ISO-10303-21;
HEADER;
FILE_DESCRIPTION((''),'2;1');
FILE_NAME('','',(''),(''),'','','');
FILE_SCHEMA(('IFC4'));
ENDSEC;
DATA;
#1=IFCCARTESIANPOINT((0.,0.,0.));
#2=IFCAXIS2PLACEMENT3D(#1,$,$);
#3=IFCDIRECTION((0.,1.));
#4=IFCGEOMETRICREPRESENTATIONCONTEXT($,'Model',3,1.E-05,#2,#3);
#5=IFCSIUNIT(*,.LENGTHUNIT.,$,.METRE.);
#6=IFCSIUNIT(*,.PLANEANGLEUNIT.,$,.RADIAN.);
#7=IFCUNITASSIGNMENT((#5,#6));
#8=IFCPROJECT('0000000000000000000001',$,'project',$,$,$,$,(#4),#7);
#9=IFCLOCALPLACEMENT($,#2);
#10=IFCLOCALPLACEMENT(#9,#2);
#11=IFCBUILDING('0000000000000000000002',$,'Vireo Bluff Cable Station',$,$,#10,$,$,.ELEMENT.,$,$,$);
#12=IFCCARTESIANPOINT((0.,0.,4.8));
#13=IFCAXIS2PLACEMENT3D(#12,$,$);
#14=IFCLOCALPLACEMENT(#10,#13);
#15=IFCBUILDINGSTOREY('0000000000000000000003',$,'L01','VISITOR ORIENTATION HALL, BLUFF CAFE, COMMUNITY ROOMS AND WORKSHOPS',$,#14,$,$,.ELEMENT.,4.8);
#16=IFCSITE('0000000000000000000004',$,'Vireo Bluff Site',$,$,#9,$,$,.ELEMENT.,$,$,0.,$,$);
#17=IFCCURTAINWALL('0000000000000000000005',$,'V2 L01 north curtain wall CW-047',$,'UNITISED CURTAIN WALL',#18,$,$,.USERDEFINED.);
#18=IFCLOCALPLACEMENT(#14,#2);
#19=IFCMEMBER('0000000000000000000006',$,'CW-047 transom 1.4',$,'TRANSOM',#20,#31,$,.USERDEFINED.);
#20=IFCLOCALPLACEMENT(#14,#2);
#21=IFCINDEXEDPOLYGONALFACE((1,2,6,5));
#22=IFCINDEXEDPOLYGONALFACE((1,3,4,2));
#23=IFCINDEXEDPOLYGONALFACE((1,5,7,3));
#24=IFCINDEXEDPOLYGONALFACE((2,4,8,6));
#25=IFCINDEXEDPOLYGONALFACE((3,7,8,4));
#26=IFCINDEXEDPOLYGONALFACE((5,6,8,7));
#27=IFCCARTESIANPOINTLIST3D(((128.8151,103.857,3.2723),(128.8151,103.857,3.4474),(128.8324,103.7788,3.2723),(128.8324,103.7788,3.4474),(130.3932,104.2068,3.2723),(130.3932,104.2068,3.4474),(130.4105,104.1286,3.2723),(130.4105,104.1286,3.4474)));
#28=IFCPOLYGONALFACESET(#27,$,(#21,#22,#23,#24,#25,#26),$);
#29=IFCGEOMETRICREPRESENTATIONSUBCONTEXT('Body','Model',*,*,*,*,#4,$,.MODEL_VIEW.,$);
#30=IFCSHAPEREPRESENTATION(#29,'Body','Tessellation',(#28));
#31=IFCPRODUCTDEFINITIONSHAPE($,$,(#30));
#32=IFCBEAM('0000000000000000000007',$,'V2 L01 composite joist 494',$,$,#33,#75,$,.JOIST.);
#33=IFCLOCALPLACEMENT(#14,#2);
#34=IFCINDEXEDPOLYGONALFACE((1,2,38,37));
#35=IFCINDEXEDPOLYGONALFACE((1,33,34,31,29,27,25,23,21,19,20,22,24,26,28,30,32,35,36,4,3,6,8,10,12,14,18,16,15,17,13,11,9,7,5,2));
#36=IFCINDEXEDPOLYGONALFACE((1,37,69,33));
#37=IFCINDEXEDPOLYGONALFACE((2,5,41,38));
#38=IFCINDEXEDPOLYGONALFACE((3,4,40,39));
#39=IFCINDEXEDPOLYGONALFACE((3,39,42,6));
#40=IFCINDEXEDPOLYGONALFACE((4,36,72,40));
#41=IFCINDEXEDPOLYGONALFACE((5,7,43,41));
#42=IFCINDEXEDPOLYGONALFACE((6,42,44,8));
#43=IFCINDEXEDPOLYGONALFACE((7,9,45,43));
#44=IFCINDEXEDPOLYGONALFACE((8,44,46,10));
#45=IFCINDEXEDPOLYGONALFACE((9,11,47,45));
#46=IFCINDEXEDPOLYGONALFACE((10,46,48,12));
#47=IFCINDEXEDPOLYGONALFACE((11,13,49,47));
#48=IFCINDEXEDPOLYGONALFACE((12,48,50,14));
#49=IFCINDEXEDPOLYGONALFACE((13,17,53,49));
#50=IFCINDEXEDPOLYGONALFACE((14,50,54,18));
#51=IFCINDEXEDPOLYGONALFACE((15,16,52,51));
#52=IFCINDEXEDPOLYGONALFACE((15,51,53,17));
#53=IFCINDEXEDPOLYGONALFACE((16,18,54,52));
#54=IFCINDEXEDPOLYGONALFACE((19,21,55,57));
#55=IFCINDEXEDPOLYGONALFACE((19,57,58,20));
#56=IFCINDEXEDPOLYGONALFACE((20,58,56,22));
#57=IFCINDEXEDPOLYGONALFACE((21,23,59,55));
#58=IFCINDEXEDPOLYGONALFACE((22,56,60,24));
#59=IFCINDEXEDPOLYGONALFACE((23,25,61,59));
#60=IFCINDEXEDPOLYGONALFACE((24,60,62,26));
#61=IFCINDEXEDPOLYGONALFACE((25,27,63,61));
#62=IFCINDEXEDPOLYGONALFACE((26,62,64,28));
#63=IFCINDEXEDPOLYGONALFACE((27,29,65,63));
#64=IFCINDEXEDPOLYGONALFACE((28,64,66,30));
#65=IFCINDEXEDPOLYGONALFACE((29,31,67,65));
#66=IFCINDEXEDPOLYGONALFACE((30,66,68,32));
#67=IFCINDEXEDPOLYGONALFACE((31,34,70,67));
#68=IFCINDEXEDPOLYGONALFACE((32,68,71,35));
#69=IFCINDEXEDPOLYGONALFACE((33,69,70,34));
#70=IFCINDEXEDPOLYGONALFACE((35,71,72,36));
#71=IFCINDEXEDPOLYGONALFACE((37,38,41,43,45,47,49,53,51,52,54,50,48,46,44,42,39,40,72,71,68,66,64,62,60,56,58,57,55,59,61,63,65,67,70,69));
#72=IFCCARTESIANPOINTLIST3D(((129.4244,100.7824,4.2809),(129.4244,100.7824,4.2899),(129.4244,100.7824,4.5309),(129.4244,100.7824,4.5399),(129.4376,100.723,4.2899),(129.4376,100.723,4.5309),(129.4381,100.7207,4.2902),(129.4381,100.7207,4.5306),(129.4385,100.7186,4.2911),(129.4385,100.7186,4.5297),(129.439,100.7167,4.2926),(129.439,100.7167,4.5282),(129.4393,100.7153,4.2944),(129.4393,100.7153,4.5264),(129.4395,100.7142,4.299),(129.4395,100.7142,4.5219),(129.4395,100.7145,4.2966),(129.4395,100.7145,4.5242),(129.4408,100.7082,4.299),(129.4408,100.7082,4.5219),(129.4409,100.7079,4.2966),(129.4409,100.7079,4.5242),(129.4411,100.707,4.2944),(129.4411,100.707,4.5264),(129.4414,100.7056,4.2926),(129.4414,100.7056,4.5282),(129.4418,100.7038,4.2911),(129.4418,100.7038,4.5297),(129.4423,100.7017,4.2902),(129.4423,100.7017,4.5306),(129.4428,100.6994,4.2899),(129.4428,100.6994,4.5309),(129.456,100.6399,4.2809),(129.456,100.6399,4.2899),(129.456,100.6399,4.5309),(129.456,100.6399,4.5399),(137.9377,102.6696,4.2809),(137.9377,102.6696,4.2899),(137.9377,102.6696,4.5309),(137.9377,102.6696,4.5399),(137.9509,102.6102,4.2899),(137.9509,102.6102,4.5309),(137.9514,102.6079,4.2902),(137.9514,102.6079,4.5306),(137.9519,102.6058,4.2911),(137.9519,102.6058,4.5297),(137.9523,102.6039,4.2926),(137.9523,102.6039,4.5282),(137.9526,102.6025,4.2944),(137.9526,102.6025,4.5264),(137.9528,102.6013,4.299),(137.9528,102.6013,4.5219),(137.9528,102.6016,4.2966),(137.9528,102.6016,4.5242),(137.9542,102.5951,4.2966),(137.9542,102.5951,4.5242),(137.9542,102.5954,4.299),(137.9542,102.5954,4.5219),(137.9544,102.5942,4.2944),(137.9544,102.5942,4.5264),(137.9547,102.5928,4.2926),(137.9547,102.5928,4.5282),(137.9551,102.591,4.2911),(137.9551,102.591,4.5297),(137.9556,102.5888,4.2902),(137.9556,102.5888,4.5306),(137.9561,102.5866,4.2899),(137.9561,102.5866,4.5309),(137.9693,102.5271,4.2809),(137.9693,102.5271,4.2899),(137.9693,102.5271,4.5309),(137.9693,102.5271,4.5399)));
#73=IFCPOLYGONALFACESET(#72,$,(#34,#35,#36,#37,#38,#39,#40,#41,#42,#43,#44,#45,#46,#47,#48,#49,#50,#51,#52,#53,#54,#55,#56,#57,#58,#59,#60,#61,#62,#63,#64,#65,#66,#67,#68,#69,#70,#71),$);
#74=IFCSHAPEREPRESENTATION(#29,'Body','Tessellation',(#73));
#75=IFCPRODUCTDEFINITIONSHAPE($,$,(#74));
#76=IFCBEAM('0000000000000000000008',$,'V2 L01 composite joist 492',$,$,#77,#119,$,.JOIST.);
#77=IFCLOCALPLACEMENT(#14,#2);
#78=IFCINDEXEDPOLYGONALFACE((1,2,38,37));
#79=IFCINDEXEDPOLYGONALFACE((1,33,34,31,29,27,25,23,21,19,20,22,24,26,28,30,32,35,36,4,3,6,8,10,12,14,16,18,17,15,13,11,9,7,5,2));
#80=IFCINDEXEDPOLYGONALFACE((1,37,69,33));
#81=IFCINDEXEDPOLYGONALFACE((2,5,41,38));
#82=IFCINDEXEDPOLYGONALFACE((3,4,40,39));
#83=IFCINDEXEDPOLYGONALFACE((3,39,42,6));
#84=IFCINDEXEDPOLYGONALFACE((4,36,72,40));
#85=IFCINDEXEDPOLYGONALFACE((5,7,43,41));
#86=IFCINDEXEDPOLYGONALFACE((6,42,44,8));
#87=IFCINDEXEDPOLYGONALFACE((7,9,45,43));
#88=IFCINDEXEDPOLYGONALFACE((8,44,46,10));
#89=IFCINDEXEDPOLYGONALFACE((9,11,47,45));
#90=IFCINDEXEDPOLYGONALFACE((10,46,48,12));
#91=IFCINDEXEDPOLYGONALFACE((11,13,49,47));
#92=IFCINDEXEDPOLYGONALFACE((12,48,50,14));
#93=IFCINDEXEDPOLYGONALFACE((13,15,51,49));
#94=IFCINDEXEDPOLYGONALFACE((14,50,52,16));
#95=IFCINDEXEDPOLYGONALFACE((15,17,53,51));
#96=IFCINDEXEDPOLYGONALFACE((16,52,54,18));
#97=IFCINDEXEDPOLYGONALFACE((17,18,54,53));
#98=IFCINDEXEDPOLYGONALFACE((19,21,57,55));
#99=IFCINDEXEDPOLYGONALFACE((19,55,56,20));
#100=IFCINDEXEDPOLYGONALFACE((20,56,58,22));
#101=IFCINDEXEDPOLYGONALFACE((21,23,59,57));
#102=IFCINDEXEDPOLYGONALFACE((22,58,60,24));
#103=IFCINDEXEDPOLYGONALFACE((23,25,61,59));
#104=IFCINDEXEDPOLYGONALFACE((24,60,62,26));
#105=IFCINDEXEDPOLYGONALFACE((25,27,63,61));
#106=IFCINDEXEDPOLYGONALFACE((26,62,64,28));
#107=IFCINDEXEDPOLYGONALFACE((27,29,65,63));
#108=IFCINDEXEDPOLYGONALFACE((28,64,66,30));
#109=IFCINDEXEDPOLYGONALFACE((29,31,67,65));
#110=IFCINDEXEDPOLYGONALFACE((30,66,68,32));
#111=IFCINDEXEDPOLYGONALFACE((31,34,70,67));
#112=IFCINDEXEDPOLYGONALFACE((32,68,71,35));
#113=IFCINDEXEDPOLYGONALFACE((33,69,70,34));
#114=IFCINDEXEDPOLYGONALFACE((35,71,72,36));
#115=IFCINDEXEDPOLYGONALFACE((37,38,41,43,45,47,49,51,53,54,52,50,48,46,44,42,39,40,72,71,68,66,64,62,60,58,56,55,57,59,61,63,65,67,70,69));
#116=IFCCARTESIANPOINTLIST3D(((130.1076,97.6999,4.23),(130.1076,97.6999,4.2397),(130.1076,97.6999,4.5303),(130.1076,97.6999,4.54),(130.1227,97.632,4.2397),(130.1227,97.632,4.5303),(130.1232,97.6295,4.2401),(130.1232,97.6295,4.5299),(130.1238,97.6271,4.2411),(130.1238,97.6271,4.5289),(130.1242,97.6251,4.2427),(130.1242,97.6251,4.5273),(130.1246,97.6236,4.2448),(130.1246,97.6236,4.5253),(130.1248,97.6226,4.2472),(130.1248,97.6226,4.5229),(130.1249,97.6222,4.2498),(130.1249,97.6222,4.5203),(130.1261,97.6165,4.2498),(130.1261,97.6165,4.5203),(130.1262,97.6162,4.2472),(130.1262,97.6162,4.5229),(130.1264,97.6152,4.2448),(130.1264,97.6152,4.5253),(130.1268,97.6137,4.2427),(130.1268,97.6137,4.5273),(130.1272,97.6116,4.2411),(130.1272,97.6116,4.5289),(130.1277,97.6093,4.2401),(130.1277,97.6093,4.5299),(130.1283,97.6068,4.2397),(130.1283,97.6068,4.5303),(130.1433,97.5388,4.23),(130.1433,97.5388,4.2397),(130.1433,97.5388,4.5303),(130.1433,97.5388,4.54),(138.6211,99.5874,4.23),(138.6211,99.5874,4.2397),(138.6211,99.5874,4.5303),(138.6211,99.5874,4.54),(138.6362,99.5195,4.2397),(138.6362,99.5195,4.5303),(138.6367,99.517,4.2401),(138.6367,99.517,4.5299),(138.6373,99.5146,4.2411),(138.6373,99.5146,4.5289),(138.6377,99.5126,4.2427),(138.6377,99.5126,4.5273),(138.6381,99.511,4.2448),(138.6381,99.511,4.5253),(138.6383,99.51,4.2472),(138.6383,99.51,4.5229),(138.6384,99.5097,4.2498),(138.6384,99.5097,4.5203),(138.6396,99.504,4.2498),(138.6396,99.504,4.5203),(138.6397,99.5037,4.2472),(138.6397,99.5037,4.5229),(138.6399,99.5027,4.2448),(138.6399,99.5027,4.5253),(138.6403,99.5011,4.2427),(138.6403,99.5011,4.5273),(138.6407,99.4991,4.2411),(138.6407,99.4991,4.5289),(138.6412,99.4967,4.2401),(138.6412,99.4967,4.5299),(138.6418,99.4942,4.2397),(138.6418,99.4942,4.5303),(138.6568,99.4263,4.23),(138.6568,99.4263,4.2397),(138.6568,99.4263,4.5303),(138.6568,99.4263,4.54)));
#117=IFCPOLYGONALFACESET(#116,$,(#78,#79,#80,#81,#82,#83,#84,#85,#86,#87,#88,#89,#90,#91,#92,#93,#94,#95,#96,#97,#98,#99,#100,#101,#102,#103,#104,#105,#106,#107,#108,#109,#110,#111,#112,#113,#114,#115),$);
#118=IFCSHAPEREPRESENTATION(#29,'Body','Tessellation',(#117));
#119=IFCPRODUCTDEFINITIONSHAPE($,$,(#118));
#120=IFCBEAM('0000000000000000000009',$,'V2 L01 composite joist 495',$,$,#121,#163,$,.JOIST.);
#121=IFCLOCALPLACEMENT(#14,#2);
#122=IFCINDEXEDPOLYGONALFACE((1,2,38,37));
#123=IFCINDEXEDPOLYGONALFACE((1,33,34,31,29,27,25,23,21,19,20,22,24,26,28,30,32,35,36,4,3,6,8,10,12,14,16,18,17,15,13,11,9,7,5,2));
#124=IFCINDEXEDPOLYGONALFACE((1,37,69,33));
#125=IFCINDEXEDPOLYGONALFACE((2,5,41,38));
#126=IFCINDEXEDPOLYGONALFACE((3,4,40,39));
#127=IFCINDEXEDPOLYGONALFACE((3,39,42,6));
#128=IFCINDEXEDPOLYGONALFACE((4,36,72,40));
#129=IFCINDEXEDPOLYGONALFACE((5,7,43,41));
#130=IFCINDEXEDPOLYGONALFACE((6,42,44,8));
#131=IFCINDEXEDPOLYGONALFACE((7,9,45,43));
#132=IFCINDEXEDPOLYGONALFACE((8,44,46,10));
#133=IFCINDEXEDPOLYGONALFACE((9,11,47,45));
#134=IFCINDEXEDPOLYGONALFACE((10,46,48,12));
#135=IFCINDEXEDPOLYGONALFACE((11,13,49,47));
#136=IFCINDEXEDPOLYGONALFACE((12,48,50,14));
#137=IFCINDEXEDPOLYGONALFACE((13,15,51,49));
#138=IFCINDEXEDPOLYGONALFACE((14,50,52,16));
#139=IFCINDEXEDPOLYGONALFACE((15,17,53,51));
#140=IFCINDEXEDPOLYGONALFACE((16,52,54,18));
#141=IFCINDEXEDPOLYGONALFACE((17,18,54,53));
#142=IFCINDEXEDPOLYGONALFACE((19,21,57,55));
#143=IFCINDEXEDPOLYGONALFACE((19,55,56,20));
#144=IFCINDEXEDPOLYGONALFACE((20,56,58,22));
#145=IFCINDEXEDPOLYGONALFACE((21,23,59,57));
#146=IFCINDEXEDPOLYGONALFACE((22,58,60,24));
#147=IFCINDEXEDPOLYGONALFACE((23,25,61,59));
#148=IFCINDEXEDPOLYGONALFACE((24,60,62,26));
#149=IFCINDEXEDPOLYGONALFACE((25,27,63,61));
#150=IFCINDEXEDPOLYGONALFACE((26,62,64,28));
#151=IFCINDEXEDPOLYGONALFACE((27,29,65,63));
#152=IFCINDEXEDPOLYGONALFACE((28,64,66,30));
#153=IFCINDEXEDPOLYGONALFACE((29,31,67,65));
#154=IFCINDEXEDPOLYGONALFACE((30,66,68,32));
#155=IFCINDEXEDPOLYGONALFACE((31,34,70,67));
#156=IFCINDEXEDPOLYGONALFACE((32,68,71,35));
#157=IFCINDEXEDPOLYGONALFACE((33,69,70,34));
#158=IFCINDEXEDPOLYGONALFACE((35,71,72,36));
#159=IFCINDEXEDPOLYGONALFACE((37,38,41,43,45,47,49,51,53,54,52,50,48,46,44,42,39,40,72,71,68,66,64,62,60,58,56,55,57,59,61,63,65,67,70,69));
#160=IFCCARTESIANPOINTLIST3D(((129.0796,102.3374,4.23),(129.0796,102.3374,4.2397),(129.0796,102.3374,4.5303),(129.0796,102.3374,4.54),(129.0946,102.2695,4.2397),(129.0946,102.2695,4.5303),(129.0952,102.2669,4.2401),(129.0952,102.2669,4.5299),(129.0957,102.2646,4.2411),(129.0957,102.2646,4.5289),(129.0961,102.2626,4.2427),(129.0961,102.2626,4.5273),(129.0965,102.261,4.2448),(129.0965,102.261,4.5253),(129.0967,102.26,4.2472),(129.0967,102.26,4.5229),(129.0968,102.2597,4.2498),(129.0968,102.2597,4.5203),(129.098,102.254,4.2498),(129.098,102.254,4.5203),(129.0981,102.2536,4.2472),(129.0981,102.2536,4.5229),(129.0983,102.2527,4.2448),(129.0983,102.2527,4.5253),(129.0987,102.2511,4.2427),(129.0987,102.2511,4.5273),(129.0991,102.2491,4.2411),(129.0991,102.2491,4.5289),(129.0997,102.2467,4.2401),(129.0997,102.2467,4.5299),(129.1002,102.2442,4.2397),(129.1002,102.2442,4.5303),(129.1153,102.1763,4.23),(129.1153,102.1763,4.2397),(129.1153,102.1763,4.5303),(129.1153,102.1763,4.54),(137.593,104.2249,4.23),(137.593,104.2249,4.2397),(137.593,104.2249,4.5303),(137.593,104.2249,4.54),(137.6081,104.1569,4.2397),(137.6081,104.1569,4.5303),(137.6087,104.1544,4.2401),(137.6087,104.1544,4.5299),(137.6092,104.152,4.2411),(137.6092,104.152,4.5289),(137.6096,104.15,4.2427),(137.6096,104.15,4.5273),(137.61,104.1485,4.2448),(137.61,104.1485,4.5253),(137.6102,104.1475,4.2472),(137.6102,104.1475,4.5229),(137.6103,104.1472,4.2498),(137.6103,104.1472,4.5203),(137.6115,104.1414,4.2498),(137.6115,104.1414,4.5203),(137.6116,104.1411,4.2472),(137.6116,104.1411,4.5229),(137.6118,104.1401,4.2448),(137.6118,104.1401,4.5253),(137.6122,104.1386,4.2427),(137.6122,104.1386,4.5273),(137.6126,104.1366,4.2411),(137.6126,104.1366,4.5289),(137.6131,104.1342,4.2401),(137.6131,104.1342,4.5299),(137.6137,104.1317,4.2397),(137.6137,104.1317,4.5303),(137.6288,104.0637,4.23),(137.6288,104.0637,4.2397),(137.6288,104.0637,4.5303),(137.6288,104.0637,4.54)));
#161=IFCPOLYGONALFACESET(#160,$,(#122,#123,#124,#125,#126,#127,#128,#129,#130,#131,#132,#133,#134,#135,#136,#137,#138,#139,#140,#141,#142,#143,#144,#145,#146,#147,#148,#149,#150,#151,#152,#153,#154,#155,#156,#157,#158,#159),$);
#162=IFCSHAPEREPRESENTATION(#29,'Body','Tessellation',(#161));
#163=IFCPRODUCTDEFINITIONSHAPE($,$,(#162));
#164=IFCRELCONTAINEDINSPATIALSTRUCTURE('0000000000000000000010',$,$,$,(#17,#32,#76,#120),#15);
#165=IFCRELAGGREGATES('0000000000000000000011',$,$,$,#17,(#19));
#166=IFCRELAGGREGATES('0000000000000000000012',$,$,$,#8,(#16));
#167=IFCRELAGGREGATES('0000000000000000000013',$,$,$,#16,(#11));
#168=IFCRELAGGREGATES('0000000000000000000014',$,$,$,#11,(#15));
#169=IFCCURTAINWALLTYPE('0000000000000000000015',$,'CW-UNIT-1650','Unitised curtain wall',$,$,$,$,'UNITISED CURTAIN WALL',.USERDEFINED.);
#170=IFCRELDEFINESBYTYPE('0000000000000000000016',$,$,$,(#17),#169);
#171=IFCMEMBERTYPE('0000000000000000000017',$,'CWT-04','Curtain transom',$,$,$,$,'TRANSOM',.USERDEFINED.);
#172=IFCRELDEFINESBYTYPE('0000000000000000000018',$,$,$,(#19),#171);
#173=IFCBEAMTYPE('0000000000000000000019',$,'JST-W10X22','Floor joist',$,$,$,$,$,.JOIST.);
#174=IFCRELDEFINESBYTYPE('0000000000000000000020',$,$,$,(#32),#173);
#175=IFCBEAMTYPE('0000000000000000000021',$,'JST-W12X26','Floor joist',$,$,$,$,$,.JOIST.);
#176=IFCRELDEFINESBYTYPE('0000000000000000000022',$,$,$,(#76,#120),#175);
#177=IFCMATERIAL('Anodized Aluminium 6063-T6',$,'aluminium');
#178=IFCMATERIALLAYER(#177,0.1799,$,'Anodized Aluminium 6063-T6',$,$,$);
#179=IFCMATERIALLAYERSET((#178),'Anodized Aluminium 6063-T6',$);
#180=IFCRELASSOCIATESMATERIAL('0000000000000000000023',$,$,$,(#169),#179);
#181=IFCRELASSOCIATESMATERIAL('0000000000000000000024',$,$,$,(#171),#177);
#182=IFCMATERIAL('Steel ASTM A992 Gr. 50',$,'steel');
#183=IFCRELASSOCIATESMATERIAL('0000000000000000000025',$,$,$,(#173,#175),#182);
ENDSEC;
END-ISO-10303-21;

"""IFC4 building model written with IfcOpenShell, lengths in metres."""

from ifc_helpers import new_model, si_unit, direction, frame, origin, origin_2d, place, context, subcontext, project, spatial, rectangle, i_section, extrude, material, layer, layer_set, material_profile, profile_set, type_object, element, aggregate, save


model = new_model("IFC4")

# Units and contexts
model_context = context("Model", 3, precision=1e-05, world=origin(), true_north=direction((0.0, 1.0)))
body_context = subcontext(model_context, "Body", "Model", "MODEL_VIEW")
ifc_project = project(units=[si_unit("LENGTHUNIT", "METRE"), si_unit("PLANEANGLEUNIT", "RADIAN")], contexts=[model_context])

# Site, building, storey
site_placement = place(None, origin())
site = spatial("IfcSite", under=ifc_project, at=site_placement, Name="Vireo Bluff Site", CompositionType="ELEMENT", RefElevation=0.0)
building_placement = place(site_placement, origin())
building = spatial("IfcBuilding", under=site, at=building_placement, Name="Vireo Bluff Cable Station", CompositionType="ELEMENT")
storey_placement = place(building_placement, frame((0.0, 0.0, 4.8)))
storey = spatial("IfcBuildingStorey", under=building, at=storey_placement, Name="L01", Description="VISITOR ORIENTATION HALL, BLUFF CAFE, COMMUNITY ROOMS AND WORKSHOPS", CompositionType="ELEMENT", Elevation=4.8)

# Shared definitions
ifc_material_1 = material(Name="Steel ASTM A992 Gr. 50", Category="steel")

# Curtain wall
ifc_material_2 = material(Name="Anodized Aluminium 6063-T6", Category="aluminium")
ifc_layer_1 = layer(ifc_material_2, 0.1799, Name="Anodized Aluminium 6063-T6")
ifc_layer_set_1 = layer_set([ifc_layer_1], Name="Anodized Aluminium 6063-T6")
curtain_wall_type_1 = type_object("IfcCurtainWallType", Name="CW-UNIT-1650", Description="Unitised curtain wall", ElementType="UNITISED CURTAIN WALL", PredefinedType="USERDEFINED", material=ifc_layer_set_1)
curtain_wall_1_placement = place(storey_placement, origin())
curtain_wall_1 = element("IfcCurtainWall", 1, at=curtain_wall_1_placement, inside=storey, type_object=curtain_wall_type_1, Name="V2 L01 north curtain wall CW-047", ObjectType="UNITISED CURTAIN WALL", PredefinedType="USERDEFINED")

# Member
ifc_material_profile_1 = material_profile(ifc_material_2, rectangle(XDim=0.0801, YDim=0.175, at=origin_2d()), Name="ALU-T-80X175")
ifc_profile_set_1 = profile_set([ifc_material_profile_1], Name="Anodized Aluminium 6063-T6")
member_type_1 = type_object("IfcMemberType", Name="CWT-04", Description="Curtain transom", ElementType="TRANSOM", PredefinedType="USERDEFINED", material=ifc_profile_set_1)
member_1_placement = place(storey_placement, frame((128.8237, 103.8179, 3.3599), z_axis=(0.976297, 0.216435, 0.0), x_axis=(-0.216435, 0.976297, 0.0)))
member_1 = element("IfcMember", 2, at=member_1_placement, type_object=member_type_1, Name="CW-047 transom 1.4", ObjectType="TRANSOM", PredefinedType="USERDEFINED", context=body_context, shape_type="SweptSolid", body=[
    extrude(rectangle(XDim=0.0801, YDim=0.175, at=origin_2d()), origin(), (0.0, 0.0, 1.0), 1.6165),
])

# Beams
ifc_material_profile_2 = material_profile(ifc_material_1, i_section(OverallWidth=0.146, OverallDepth=0.259, WebThickness=0.0061, FlangeThickness=0.009, FilletRadius=0.009, at=origin_2d()), Name="W10X22")
ifc_profile_set_2 = profile_set([ifc_material_profile_2], Name="Steel ASTM A992 Gr. 50")
beam_type_1 = type_object("IfcBeamType", Name="JST-W10X22", Description="Floor joist", PredefinedType="JOIST", material=ifc_profile_set_2)
beam_1_placement = place(storey_placement, frame((129.4402, 100.7112, 4.4104), z_axis=(0.9763, 0.216421, 0.0), x_axis=(-0.216421, 0.9763, 0.0)))
element("IfcBeam", 3, at=beam_1_placement, inside=storey, type_object=beam_type_1, Name="V2 L01 composite joist 494", PredefinedType="JOIST", context=body_context, shape_type="SweptSolid", body=[
    extrude(i_section(OverallWidth=0.146, OverallDepth=0.259, WebThickness=0.0061, FlangeThickness=0.009, FilletRadius=0.009, at=origin_2d()), origin(), (0.0, 0.0, 1.0), 8.72),
])
ifc_material_profile_3 = material_profile(ifc_material_1, i_section(OverallWidth=0.165, OverallDepth=0.3101, WebThickness=0.0059, FlangeThickness=0.0098, FilletRadius=0.01, at=origin_2d()), Name="W12X26")
ifc_profile_set_3 = profile_set([ifc_material_profile_3], Name="Steel ASTM A992 Gr. 50")
beam_type_2 = type_object("IfcBeamType", Name="JST-W12X26", Description="Floor joist", PredefinedType="JOIST", material=ifc_profile_set_3)
for number, where, z_axis, x_axis, name in (
    (4, (130.1255, 97.6194, 4.385), (0.976294, 0.216447, 0.0), (-0.216447, 0.976294, 0.0), "V2 L01 composite joist 492"),
    (5, (129.0974, 102.2568, 4.385), (0.976294, 0.216447, 0.0), (-0.216447, 0.976294, 0.0), "V2 L01 composite joist 495"),
):
    element("IfcBeam", number, at=place(storey_placement, frame(where, z_axis=z_axis, x_axis=x_axis)), inside=storey, type_object=beam_type_2, Name=name, PredefinedType="JOIST", context=body_context, shape_type="SweptSolid", body=[
        extrude(i_section(OverallWidth=0.165, OverallDepth=0.3101, WebThickness=0.0059, FlangeThickness=0.0098, FilletRadius=0.01, at=origin_2d()), origin(), (0.0, 0.0, 1.0), 8.7202),
    ])

aggregate(curtain_wall_1, [member_1])

save(model, "model.ifc")
